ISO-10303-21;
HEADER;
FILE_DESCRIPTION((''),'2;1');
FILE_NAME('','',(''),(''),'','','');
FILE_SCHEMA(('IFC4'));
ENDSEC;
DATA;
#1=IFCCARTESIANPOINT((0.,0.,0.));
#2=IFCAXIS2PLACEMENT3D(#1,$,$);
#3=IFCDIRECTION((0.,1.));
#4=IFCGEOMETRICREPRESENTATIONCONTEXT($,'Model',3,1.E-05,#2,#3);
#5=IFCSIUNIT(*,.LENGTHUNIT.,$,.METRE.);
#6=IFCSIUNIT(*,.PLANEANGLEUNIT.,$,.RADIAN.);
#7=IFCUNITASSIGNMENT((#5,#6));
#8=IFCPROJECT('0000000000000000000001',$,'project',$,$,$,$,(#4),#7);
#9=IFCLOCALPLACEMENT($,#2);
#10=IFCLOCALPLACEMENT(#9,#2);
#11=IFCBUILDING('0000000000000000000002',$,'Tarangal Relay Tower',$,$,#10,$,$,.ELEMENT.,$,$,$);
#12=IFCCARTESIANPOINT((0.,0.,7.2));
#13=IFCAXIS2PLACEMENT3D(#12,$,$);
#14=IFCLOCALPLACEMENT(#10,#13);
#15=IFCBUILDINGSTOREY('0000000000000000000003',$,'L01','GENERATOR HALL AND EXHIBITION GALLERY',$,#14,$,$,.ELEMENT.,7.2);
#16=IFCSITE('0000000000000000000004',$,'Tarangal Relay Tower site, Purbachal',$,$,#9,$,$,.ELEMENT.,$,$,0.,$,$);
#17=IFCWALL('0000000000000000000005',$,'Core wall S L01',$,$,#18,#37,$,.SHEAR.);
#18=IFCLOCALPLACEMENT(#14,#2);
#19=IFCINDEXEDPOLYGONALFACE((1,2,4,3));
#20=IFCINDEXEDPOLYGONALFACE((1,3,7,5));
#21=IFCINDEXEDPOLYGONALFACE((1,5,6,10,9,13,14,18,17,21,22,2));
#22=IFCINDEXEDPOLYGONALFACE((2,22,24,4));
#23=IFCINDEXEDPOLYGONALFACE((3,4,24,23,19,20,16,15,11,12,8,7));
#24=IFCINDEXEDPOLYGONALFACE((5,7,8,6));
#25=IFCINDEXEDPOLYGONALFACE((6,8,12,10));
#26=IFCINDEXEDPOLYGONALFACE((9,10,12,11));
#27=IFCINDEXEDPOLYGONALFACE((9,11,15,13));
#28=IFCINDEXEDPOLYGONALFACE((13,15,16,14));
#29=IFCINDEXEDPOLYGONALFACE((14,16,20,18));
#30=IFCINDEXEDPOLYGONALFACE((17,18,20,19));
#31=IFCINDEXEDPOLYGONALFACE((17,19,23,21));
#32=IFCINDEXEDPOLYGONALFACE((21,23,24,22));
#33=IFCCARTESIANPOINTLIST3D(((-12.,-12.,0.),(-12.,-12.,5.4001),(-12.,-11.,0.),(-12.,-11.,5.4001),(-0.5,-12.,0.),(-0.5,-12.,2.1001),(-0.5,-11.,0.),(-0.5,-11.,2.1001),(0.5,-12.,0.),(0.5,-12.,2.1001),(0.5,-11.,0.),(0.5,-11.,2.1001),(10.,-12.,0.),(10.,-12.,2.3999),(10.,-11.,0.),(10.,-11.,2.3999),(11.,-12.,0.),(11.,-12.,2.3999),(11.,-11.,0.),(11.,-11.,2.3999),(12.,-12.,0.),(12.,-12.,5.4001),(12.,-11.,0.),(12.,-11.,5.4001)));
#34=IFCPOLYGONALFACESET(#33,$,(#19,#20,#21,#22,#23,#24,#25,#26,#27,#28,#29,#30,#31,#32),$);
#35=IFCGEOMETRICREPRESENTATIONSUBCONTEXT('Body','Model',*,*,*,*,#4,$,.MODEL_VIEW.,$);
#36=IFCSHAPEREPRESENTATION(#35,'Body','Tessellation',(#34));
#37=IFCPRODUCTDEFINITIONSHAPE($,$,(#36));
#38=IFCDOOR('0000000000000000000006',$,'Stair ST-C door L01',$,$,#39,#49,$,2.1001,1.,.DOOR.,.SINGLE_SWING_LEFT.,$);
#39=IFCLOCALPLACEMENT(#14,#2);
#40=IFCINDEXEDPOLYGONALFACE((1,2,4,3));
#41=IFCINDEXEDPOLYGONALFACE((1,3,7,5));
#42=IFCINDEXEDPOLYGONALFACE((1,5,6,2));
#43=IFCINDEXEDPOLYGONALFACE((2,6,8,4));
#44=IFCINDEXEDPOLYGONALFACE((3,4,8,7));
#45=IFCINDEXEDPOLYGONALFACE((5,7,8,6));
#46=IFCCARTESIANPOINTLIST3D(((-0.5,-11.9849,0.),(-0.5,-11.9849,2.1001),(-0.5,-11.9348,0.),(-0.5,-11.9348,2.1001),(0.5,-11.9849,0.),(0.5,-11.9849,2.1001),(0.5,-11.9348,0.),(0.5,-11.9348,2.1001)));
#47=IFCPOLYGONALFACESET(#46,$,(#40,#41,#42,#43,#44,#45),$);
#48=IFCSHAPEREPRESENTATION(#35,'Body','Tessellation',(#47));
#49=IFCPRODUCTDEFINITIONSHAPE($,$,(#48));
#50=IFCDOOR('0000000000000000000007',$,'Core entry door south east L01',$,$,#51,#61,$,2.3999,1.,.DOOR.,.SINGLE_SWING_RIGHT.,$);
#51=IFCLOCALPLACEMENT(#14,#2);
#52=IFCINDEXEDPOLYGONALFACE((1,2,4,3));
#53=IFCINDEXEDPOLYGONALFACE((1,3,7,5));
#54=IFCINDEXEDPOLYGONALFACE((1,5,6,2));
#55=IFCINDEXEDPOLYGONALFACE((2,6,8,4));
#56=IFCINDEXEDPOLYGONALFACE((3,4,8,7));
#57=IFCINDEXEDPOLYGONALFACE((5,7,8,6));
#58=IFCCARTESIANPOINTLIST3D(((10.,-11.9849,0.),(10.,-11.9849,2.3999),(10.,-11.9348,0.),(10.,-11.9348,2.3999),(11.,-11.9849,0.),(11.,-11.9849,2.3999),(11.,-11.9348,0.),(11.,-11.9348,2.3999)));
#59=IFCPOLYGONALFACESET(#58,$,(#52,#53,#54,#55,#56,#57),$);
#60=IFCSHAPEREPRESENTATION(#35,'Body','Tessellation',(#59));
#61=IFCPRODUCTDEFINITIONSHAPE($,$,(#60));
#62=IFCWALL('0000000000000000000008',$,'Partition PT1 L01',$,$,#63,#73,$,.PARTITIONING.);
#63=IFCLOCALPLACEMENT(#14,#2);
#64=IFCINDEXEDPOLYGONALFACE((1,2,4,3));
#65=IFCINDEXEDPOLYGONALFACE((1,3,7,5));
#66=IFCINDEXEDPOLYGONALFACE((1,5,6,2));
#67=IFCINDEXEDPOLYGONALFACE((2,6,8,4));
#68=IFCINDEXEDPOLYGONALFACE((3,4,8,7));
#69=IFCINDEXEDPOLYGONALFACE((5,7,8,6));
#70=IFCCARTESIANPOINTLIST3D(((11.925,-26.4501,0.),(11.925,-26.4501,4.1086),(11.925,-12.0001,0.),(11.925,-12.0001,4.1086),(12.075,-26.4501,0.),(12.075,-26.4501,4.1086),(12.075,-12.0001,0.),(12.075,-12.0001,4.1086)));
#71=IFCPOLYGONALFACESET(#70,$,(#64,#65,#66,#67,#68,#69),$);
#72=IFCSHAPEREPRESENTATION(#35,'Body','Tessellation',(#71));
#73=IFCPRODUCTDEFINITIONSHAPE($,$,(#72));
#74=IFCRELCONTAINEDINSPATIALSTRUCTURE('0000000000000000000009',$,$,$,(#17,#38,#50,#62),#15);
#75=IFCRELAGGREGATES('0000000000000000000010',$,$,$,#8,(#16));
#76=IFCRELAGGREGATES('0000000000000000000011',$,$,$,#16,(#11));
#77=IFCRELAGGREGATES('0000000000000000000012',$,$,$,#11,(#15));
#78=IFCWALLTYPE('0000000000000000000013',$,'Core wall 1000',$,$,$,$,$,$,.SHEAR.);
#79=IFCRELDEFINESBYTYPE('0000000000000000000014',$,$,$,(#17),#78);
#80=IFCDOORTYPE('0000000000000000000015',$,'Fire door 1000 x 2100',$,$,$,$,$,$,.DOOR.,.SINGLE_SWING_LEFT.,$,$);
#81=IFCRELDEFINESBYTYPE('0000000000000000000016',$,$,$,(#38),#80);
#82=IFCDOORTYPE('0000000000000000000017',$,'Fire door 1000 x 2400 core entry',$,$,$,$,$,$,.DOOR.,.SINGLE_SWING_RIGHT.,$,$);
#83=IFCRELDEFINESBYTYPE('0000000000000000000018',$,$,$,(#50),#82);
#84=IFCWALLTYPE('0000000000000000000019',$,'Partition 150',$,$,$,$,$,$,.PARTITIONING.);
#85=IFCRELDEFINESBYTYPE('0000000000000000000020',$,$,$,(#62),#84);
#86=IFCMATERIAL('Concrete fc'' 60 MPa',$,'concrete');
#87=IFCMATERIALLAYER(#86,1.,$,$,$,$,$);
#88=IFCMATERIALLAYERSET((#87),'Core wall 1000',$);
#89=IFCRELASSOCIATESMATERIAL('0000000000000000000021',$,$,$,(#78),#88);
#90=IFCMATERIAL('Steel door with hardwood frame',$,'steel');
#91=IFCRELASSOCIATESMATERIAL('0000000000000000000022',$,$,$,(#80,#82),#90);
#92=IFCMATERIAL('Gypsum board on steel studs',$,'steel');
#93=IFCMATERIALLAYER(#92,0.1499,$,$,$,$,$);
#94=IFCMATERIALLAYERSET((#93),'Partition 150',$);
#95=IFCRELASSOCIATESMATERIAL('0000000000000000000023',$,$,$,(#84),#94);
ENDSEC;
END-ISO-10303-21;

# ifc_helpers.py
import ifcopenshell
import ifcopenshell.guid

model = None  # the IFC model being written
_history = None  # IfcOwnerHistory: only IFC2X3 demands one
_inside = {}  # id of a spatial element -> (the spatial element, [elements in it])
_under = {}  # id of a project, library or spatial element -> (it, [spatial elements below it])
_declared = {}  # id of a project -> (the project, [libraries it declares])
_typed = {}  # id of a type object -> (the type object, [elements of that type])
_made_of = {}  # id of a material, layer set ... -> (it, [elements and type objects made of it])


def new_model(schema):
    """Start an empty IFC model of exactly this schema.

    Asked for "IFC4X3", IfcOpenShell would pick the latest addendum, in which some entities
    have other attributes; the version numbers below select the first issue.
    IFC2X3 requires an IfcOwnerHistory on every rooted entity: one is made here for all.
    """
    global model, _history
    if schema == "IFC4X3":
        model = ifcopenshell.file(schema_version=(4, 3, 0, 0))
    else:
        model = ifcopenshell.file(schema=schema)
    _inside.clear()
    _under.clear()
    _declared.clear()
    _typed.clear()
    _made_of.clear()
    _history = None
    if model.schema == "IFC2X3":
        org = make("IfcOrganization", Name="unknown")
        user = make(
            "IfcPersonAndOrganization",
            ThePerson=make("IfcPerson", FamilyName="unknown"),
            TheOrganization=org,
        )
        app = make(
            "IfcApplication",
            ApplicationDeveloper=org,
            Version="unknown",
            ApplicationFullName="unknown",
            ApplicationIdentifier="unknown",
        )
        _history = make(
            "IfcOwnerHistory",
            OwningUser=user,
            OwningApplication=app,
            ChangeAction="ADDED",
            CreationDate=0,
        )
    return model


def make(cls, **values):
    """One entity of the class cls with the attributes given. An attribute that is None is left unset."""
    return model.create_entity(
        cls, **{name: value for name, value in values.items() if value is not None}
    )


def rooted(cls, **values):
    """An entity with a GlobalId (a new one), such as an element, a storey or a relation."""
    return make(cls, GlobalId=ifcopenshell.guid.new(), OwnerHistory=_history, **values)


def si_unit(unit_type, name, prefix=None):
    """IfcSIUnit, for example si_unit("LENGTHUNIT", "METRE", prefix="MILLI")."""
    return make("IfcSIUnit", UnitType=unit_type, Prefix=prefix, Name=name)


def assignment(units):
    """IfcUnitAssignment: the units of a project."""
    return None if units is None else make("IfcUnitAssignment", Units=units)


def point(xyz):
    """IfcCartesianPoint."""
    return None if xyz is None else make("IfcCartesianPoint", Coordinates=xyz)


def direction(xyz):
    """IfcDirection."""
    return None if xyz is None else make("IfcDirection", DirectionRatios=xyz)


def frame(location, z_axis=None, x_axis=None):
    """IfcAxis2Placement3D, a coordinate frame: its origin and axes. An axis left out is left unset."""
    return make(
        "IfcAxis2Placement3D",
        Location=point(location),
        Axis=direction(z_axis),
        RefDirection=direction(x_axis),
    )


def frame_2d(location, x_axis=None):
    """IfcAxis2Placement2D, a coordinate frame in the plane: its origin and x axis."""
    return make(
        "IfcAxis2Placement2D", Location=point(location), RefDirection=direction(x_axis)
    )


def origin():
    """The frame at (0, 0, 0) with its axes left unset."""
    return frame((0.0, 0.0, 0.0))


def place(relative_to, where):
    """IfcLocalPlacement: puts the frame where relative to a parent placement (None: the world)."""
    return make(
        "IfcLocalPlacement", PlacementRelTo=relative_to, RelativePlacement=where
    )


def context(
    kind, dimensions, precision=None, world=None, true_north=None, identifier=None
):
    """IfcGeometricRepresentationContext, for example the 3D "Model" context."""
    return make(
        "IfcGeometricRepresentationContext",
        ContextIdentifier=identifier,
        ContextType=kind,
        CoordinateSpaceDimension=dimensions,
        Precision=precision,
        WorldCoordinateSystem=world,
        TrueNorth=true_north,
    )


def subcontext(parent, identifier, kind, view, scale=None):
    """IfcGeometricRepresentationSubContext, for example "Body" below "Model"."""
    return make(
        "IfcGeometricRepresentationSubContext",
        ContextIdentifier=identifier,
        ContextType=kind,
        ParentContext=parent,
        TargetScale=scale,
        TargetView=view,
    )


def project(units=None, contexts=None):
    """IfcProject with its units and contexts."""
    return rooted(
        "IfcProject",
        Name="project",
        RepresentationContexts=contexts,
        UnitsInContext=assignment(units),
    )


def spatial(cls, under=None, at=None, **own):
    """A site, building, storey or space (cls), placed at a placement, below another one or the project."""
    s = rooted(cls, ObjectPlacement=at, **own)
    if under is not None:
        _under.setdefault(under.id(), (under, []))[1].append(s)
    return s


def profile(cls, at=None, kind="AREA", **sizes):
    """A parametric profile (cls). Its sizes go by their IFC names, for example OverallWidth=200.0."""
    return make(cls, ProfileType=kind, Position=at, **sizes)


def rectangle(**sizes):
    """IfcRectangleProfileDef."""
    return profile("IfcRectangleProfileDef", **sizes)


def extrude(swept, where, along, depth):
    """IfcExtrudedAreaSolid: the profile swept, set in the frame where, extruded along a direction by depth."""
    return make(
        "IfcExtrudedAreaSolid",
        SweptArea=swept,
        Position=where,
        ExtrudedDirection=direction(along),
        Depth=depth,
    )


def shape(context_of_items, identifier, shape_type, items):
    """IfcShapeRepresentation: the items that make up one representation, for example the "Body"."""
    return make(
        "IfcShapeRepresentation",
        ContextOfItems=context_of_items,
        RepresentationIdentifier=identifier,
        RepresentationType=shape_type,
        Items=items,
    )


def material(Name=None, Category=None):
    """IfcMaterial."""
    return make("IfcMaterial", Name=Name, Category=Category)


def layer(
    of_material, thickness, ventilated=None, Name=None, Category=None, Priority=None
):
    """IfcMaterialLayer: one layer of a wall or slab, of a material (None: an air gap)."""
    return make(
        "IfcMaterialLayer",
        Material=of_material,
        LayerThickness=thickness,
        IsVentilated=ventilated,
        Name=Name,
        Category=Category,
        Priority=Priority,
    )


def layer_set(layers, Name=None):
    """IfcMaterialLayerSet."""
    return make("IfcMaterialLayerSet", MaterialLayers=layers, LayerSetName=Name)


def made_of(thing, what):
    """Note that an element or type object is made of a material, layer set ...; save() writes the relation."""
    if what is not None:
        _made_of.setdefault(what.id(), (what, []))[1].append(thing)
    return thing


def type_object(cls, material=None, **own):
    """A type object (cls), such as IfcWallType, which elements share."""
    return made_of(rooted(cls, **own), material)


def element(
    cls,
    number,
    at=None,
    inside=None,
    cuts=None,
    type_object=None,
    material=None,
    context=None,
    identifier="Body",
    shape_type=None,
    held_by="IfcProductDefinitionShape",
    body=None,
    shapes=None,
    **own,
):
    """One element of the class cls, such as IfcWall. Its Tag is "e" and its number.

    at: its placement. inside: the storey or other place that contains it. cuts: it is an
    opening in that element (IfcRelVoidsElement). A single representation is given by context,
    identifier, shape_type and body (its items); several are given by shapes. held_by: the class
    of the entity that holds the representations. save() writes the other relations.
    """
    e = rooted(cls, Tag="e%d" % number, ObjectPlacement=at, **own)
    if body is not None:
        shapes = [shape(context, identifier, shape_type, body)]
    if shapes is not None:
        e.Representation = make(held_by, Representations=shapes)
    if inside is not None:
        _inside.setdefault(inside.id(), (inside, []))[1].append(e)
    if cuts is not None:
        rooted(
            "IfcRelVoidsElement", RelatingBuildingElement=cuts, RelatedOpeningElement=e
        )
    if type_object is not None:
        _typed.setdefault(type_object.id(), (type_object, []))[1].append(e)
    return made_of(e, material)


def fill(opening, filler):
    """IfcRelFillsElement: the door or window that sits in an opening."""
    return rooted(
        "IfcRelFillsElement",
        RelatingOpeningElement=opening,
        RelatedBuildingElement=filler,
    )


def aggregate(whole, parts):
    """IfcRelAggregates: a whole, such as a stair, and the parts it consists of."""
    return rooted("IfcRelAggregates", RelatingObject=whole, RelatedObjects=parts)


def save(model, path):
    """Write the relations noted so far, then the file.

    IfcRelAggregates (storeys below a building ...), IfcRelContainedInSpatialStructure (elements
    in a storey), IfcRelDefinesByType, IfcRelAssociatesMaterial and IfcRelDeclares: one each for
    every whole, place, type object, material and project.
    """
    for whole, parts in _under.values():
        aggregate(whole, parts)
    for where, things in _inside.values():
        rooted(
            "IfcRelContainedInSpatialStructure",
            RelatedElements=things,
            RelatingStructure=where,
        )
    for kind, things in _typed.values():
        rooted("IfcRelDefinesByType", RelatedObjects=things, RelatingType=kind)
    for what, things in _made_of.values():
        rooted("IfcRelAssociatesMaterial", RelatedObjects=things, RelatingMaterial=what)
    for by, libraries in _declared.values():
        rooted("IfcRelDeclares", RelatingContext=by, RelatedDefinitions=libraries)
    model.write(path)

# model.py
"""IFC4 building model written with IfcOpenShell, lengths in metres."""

from ifc_helpers import new_model, si_unit, direction, frame, frame_2d, origin, place, context, subcontext, project, spatial, rectangle, extrude, material, layer, layer_set, type_object, element, fill, save


model = new_model("IFC4")

# Units and contexts
model_context = context("Model", 3, precision=1e-05, world=origin(), true_north=direction((0.0, 1.0)))
body_context = subcontext(model_context, "Body", "Model", "MODEL_VIEW")
ifc_project = project(units=[si_unit("LENGTHUNIT", "METRE"), si_unit("PLANEANGLEUNIT", "RADIAN")], contexts=[model_context])

# Site, building, storey
site_placement = place(None, origin())
site = spatial("IfcSite", under=ifc_project, at=site_placement, Name="Tarangal Relay Tower site, Purbachal", CompositionType="ELEMENT", RefElevation=0.0)
building_placement = place(site_placement, origin())
building = spatial("IfcBuilding", under=site, at=building_placement, Name="Tarangal Relay Tower", CompositionType="ELEMENT")
storey_placement = place(building_placement, frame((0.0, 0.0, 7.2)))
storey = spatial("IfcBuildingStorey", under=building, at=storey_placement, Name="L01", Description="GENERATOR HALL AND EXHIBITION GALLERY", CompositionType="ELEMENT", Elevation=7.2)

# Wall, openings, doors
ifc_material_1 = material(Name="Concrete fc' 60 MPa", Category="concrete")
ifc_layer_1 = layer(ifc_material_1, 1.0)
ifc_layer_set_1 = layer_set([ifc_layer_1], Name="Core wall 1000")
wall_type_1 = type_object("IfcWallType", Name="Core wall 1000", PredefinedType="SHEAR", material=ifc_layer_set_1)
wall_1_placement = place(storey_placement, frame((12.0, -11.5, 0.0), z_axis=(0.0, 0.0, 1.0), x_axis=(-1.0, 0.0, 0.0)))
wall_1 = element("IfcWall", 1, at=wall_1_placement, inside=storey, type_object=wall_type_1, Name="Core wall S L01", PredefinedType="SHEAR", context=body_context, shape_type="SweptSolid", body=[
    extrude(rectangle(XDim=24.0, YDim=1.0, at=frame_2d((12.0, 0.0))), origin(), (0.0, 0.0, 1.0), 5.4001),
])
opening_1_placement = place(wall_1_placement, frame((11.5, 0.0, 0.0)))
opening_1 = element("IfcOpeningElement", 2, at=opening_1_placement, cuts=wall_1, PredefinedType="OPENING", context=body_context, shape_type="SweptSolid", body=[
    extrude(rectangle(XDim=1.0, YDim=2.1001, at=frame_2d((0.5, 1.05))), frame((0.0, 0.51, 0.0), z_axis=(0.0, -1.0, 0.0), x_axis=(1.0, 0.0, 0.0)), (0.0, 0.0, 1.0), 1.02),
])
opening_2_placement = place(wall_1_placement, frame((1.0, 0.0, 0.0)))
opening_2 = element("IfcOpeningElement", 3, at=opening_2_placement, cuts=wall_1, PredefinedType="OPENING", context=body_context, shape_type="SweptSolid", body=[
    extrude(rectangle(XDim=1.0, YDim=2.3999, at=frame_2d((0.5, 1.2))), frame((0.0, 0.51, 0.0), z_axis=(0.0, -1.0, 0.0), x_axis=(1.0, 0.0, 0.0)), (0.0, 0.0, 1.0), 1.02),
])
ifc_material_2 = material(Name="Steel door with hardwood frame", Category="steel")
door_type_1 = type_object("IfcDoorType", Name="Fire door 1000 x 2100", OperationType="SINGLE_SWING_LEFT", PredefinedType="DOOR", material=ifc_material_2)
door_1_placement = place(opening_1_placement, origin())
door_1 = element("IfcDoor", 4, at=door_1_placement, inside=storey, type_object=door_type_1, Name="Stair ST-C door L01", OperationType="SINGLE_SWING_LEFT", OverallHeight=2.1001, OverallWidth=1.0, PredefinedType="DOOR", context=body_context, shape_type="SweptSolid", body=[
    extrude(rectangle(XDim=1.0, YDim=2.1001, at=frame_2d((0.5, 1.05))), frame((0.0, 0.4849, 0.0), z_axis=(0.0, -1.0, 0.0), x_axis=(1.0, 0.0, 0.0)), (0.0, 0.0, 1.0), 0.05),
])
fill(opening_1, door_1)
door_type_2 = type_object("IfcDoorType", Name="Fire door 1000 x 2400 core entry", OperationType="SINGLE_SWING_RIGHT", PredefinedType="DOOR", material=ifc_material_2)
door_2_placement = place(opening_2_placement, origin())
door_2 = element("IfcDoor", 5, at=door_2_placement, inside=storey, type_object=door_type_2, Name="Core entry door south east L01", OperationType="SINGLE_SWING_RIGHT", OverallHeight=2.3999, OverallWidth=1.0, PredefinedType="DOOR", context=body_context, shape_type="SweptSolid", body=[
    extrude(rectangle(XDim=1.0, YDim=2.3999, at=frame_2d((0.5, 1.2))), frame((0.0, 0.4849, 0.0), z_axis=(0.0, -1.0, 0.0), x_axis=(1.0, 0.0, 0.0)), (0.0, 0.0, 1.0), 0.05),
])
fill(opening_2, door_2)

# Wall
ifc_material_3 = material(Name="Gypsum board on steel studs", Category="steel")
ifc_layer_2 = layer(ifc_material_3, 0.1499)
ifc_layer_set_2 = layer_set([ifc_layer_2], Name="Partition 150")
wall_type_2 = type_object("IfcWallType", Name="Partition 150", PredefinedType="PARTITIONING", material=ifc_layer_set_2)
wall_2_placement = place(storey_placement, frame((12.0, -12.0, 0.0), z_axis=(0.0, 0.0, 1.0), x_axis=(0.0, -1.0, 0.0)))
element("IfcWall", 6, at=wall_2_placement, inside=storey, type_object=wall_type_2, Name="Partition PT1 L01", PredefinedType="PARTITIONING", context=body_context, shape_type="SweptSolid", body=[
    extrude(rectangle(XDim=14.45, YDim=0.1499, at=frame_2d((7.2251, 0.0))), origin(), (0.0, 0.0, 1.0), 4.1086),
])

save(model, "model.ifc")
